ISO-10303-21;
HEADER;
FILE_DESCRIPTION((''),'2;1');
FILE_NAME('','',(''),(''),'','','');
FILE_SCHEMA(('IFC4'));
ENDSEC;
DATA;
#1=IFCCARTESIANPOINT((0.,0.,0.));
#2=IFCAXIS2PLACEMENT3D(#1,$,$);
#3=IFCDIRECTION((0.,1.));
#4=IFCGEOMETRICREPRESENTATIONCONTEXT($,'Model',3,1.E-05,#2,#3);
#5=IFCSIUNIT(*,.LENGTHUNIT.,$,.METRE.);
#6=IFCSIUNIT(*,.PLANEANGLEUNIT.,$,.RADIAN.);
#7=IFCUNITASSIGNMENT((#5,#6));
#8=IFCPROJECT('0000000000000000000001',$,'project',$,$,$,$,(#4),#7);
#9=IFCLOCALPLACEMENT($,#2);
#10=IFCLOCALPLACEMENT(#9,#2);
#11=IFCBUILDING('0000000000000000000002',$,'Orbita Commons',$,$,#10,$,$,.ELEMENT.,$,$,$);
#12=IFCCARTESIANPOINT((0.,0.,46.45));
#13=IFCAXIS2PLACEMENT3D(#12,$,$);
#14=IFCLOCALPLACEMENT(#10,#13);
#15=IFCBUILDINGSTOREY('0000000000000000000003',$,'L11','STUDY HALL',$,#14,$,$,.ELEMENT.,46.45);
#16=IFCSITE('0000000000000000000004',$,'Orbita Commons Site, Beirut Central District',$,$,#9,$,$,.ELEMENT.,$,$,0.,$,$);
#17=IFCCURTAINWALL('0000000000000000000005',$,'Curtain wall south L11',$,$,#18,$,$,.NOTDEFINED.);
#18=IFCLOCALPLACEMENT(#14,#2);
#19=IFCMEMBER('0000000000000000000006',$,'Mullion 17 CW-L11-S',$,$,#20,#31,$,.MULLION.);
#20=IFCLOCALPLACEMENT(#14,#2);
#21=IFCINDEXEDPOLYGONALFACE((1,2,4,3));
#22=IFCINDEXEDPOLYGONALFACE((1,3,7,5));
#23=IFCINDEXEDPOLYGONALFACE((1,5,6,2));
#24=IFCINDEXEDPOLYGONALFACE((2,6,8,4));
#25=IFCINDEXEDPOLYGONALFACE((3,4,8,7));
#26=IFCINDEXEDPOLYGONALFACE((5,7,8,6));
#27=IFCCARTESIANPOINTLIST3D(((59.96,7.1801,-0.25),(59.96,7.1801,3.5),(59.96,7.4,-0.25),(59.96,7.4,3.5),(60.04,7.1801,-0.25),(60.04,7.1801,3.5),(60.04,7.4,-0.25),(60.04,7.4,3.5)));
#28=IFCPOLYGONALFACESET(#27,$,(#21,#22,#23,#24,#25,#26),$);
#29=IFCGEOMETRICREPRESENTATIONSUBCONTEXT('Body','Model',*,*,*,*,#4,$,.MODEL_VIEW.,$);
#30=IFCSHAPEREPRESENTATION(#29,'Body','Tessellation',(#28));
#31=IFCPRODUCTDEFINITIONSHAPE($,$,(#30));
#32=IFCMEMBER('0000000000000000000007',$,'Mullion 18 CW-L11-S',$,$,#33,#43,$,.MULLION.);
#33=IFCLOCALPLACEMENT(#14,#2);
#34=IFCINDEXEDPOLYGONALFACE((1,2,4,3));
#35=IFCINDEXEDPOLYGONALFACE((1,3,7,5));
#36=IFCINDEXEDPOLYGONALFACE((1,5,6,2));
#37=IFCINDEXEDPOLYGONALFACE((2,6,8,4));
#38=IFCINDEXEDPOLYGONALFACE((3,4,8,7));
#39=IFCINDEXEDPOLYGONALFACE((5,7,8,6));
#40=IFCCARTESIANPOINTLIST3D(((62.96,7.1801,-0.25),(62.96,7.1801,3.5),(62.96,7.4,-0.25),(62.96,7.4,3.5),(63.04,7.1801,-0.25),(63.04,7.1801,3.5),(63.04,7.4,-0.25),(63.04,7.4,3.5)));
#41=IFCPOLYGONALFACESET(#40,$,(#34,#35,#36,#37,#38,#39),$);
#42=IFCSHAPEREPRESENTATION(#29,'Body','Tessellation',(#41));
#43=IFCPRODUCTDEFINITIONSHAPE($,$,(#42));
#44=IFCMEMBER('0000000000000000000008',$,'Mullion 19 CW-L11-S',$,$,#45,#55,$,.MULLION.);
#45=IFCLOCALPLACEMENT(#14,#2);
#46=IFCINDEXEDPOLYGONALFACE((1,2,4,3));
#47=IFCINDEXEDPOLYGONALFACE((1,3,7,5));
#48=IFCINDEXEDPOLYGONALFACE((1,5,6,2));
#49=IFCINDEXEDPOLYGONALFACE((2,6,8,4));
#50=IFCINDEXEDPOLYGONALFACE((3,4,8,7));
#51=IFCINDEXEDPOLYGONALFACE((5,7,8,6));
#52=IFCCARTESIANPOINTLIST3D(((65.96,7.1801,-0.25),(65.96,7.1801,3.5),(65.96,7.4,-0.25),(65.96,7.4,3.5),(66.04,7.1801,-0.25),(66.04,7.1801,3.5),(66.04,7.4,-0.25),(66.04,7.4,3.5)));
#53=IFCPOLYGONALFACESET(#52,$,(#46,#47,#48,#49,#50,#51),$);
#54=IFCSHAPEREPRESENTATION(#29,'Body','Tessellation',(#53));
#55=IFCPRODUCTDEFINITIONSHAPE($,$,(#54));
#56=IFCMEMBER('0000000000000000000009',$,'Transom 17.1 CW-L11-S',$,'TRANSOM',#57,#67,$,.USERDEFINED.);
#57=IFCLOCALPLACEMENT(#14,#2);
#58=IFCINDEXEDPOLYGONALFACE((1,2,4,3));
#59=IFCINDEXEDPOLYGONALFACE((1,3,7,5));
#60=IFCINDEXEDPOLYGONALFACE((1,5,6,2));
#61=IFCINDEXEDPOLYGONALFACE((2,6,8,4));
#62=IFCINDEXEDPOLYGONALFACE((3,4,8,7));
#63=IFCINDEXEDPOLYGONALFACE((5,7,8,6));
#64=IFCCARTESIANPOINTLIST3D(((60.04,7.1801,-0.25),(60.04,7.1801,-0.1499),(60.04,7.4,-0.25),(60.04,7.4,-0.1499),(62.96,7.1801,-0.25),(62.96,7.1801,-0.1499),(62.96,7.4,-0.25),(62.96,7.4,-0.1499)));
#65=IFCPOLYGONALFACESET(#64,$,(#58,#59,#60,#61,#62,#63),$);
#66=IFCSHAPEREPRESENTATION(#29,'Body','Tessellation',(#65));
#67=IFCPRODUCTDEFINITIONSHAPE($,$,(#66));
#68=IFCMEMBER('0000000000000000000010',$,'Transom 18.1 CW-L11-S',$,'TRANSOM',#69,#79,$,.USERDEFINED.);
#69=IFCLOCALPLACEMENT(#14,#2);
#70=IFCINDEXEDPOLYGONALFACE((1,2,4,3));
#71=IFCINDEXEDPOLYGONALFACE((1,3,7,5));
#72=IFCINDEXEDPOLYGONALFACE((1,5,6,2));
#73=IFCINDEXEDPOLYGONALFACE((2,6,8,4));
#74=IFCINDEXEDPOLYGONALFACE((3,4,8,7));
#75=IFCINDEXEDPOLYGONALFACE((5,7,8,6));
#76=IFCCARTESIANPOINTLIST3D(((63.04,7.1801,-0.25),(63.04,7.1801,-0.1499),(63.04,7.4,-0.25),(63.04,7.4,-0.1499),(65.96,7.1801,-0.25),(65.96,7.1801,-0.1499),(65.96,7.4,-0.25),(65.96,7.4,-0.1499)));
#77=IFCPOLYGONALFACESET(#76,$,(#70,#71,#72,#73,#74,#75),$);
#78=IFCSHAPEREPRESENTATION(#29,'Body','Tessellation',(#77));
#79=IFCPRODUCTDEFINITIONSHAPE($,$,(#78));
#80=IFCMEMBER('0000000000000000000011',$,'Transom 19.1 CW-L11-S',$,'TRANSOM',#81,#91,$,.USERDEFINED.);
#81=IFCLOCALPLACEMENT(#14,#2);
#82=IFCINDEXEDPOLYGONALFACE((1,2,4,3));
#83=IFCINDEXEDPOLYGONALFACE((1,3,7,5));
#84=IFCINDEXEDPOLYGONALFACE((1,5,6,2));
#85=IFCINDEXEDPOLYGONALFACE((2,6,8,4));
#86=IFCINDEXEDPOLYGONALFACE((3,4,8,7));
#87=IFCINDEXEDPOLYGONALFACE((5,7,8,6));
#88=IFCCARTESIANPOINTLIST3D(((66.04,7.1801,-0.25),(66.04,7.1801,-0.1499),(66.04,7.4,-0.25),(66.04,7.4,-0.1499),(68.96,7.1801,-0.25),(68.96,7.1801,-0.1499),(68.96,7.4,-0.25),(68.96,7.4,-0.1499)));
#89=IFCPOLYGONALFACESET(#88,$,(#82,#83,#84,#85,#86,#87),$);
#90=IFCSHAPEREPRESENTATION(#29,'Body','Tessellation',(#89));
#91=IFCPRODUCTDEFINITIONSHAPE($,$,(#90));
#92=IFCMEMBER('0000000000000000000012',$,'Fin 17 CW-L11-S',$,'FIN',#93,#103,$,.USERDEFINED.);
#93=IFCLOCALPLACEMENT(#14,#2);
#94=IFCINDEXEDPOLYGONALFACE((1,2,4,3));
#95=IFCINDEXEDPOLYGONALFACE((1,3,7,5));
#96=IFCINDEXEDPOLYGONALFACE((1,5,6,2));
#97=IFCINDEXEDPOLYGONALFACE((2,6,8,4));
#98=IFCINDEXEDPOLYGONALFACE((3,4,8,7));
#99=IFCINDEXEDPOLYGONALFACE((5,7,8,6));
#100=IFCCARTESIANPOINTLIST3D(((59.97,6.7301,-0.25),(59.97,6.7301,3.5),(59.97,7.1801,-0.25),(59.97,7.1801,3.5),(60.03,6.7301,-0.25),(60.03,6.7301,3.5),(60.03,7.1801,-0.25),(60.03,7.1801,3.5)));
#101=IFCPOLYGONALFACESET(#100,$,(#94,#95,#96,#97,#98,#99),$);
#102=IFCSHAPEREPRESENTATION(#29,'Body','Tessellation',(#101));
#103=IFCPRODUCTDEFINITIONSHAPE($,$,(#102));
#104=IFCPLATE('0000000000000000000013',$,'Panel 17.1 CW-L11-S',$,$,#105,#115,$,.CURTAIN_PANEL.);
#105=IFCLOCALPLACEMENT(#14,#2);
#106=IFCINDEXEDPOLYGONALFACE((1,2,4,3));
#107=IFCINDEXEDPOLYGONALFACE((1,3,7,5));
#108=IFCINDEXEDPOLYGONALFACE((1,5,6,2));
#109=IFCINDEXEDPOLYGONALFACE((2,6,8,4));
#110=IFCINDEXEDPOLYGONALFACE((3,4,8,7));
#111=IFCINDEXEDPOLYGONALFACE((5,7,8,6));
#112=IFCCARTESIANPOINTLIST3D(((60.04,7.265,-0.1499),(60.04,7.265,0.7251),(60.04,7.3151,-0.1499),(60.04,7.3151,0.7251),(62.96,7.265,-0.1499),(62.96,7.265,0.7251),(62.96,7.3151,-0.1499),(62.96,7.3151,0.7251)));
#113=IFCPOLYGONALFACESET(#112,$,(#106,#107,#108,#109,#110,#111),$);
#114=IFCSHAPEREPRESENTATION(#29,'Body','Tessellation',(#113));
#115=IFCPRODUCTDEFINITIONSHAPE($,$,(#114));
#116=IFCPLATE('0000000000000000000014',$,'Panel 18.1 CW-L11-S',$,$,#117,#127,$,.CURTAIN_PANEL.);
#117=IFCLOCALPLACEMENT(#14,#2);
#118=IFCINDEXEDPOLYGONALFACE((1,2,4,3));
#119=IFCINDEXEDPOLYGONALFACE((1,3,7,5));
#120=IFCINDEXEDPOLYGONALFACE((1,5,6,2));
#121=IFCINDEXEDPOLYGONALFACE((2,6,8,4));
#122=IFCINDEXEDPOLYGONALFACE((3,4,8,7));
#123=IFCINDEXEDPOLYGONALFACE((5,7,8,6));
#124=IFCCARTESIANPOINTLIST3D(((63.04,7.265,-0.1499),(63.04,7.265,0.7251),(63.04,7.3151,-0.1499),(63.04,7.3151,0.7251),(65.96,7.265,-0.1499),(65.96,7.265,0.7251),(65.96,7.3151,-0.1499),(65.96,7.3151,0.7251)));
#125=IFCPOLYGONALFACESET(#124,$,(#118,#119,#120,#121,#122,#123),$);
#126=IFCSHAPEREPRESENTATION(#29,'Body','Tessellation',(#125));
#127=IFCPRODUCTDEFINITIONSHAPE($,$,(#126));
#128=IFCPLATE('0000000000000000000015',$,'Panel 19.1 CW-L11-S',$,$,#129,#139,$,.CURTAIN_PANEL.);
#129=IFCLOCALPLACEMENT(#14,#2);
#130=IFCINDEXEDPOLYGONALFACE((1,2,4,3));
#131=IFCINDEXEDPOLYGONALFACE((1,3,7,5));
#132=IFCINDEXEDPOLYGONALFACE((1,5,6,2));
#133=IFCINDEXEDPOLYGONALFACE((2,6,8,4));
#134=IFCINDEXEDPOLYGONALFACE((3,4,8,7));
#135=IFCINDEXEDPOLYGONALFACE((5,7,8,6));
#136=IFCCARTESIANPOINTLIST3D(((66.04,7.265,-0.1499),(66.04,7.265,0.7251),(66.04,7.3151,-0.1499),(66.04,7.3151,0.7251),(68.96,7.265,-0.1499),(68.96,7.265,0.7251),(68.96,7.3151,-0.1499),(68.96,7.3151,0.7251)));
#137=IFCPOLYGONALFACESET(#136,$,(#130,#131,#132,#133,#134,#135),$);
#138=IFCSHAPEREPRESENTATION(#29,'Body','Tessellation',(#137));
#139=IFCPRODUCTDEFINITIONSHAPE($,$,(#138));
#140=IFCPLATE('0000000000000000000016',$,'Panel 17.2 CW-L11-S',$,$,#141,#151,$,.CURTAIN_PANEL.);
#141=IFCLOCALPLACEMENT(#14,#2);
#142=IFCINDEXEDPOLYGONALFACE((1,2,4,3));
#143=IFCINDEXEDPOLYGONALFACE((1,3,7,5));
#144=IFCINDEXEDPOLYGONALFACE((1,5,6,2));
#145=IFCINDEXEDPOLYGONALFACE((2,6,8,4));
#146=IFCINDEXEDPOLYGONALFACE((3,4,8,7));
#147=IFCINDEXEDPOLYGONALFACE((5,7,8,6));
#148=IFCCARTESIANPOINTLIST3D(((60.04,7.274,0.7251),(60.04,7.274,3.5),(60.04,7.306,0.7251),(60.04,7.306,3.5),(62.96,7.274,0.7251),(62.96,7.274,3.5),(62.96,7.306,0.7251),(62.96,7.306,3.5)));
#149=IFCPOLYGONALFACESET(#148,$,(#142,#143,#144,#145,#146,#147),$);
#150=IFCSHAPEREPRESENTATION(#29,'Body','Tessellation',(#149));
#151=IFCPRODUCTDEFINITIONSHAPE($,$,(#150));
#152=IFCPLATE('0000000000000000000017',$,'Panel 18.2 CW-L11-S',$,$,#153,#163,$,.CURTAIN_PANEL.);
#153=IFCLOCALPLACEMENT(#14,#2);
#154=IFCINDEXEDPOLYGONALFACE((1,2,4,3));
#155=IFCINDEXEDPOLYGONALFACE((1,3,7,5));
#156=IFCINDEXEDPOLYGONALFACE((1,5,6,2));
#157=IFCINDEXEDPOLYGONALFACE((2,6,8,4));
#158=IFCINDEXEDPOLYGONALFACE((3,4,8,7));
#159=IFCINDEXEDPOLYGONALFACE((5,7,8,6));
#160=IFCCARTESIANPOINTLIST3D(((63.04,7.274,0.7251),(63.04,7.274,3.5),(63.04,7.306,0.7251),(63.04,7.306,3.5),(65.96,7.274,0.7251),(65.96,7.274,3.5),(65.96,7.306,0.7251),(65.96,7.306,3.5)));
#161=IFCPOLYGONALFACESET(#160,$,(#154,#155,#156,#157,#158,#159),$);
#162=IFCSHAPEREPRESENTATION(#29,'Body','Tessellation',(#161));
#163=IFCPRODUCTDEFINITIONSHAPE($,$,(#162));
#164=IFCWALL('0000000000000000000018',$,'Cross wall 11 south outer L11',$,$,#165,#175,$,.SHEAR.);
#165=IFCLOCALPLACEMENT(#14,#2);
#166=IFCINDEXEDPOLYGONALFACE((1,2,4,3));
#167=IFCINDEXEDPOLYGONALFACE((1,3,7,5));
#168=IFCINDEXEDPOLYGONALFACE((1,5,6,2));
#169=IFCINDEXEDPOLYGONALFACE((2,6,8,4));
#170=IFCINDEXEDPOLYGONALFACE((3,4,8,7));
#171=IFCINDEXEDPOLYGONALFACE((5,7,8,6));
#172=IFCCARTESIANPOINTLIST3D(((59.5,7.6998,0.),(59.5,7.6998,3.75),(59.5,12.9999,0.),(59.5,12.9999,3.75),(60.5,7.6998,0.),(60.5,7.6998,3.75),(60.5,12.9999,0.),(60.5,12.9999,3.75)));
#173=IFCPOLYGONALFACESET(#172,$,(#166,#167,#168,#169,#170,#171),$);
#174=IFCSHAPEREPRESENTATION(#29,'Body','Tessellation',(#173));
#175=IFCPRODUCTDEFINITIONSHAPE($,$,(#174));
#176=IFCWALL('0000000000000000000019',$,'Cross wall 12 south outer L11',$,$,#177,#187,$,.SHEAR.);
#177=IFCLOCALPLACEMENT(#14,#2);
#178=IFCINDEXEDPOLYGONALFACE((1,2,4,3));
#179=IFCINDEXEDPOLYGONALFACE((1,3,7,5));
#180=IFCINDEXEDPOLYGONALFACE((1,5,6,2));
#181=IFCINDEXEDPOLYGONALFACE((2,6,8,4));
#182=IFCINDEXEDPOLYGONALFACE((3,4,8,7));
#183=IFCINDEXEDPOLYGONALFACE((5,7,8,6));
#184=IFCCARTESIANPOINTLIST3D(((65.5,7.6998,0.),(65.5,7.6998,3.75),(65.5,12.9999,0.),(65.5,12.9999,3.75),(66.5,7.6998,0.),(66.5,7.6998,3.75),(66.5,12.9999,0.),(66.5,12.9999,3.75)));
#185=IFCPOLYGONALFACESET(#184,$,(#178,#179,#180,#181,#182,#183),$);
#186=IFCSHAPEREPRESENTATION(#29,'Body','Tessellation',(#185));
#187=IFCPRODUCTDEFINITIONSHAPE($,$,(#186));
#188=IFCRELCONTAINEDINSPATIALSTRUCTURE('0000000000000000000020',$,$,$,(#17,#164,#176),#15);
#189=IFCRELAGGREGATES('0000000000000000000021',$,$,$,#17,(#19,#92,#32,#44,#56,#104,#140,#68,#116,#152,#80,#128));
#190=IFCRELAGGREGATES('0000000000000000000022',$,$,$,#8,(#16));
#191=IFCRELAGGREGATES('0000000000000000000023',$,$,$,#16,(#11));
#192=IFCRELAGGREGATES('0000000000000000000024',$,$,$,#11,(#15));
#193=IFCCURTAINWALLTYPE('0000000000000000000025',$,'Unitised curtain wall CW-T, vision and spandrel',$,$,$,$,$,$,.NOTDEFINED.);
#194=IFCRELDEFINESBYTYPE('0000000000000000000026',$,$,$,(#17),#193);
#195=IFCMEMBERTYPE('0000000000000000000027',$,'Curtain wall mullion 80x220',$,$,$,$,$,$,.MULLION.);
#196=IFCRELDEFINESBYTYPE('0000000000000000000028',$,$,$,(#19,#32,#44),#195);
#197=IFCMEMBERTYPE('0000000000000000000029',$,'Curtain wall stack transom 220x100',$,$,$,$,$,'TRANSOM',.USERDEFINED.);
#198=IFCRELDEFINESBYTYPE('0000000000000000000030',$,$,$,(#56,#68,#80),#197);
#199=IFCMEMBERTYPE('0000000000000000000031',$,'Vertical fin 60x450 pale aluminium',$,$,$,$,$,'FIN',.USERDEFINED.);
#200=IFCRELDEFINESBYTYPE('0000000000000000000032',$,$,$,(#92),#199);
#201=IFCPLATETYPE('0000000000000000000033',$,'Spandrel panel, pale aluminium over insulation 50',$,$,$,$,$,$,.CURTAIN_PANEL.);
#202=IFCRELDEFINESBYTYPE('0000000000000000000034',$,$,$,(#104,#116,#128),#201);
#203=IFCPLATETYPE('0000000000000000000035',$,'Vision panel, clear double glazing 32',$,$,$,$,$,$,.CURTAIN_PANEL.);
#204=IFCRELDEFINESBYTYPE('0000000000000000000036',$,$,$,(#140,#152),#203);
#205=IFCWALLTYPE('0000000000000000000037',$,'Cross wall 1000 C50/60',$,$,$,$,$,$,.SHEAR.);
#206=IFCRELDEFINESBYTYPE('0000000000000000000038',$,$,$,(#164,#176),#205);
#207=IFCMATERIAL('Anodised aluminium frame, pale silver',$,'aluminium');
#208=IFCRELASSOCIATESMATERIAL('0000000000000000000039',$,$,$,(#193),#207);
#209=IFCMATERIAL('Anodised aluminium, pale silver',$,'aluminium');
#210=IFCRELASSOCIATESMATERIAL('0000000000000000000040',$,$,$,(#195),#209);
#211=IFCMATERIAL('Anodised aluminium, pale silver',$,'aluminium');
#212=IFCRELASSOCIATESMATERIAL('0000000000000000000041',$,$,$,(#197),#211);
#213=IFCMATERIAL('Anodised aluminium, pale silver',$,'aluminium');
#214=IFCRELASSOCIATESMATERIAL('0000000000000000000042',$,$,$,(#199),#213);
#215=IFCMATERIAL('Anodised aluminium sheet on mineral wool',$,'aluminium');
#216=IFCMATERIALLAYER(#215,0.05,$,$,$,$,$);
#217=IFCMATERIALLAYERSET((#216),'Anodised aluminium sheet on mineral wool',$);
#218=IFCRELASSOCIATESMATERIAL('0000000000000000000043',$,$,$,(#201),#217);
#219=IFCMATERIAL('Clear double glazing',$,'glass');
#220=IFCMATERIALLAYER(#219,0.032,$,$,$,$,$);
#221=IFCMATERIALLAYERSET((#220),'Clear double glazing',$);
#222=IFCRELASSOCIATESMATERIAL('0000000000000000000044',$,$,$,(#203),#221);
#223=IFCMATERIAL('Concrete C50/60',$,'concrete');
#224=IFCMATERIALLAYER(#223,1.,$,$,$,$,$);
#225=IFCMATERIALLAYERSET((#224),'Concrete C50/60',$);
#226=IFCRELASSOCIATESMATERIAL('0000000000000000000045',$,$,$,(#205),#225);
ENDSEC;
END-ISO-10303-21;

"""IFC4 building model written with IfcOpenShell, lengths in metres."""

from ifc_helpers import new_model, si_unit, direction, frame, frame_2d, origin, origin_2d, place, context, subcontext, project, spatial, rectangle, extrude, material, layer, layer_set, material_profile, profile_set, type_object, element, aggregate, save


model = new_model("IFC4")

# Units and contexts
model_context = context("Model", 3, precision=1e-05, world=origin(), true_north=direction((0.0, 1.0)))
body_context = subcontext(model_context, "Body", "Model", "MODEL_VIEW")
ifc_project = project(units=[si_unit("LENGTHUNIT", "METRE"), si_unit("PLANEANGLEUNIT", "RADIAN")], contexts=[model_context])

# Site, building, storey
site_placement = place(None, origin())
site = spatial("IfcSite", under=ifc_project, at=site_placement, Name="Orbita Commons Site, Beirut Central District", CompositionType="ELEMENT", RefElevation=0.0)
building_placement = place(site_placement, origin())
building = spatial("IfcBuilding", under=site, at=building_placement, Name="Orbita Commons", CompositionType="ELEMENT")
storey_placement = place(building_placement, frame((0.0, 0.0, 46.45)))
storey = spatial("IfcBuildingStorey", under=building, at=storey_placement, Name="L11", Description="STUDY HALL", CompositionType="ELEMENT", Elevation=46.45)

# Curtain wall, members, plates
ifc_material_1 = material(Name="Anodised aluminium frame, pale silver", Category="aluminium")
curtain_wall_type = type_object("IfcCurtainWallType", Name="Unitised curtain wall CW-T, vision and spandrel", PredefinedType="NOTDEFINED", material=ifc_material_1)
curtain_wall_placement = place(storey_placement, origin())
curtain_wall = element("IfcCurtainWall", 1, at=curtain_wall_placement, inside=storey, type_object=curtain_wall_type, Name="Curtain wall south L11", PredefinedType="NOTDEFINED")
ifc_material_2 = material(Name="Anodised aluminium, pale silver", Category="aluminium")
ifc_material_profile_1 = material_profile(ifc_material_2, rectangle(XDim=0.0801, YDim=0.22, at=origin_2d()), Name="AL 80x220")
ifc_profile_set_1 = profile_set([ifc_material_profile_1], Name="Anodised aluminium, pale silver")
member_type_1 = type_object("IfcMemberType", Name="Curtain wall mullion 80x220", PredefinedType="MULLION", material=ifc_profile_set_1)
member_1_placement = place(storey_placement, frame((60.0, 7.29, -0.25), z_axis=(0.0, 0.0, 1.0), x_axis=(1.0, 0.0, 0.0)))
member_1 = element("IfcMember", 2, at=member_1_placement, type_object=member_type_1, Name="Mullion 17 CW-L11-S", PredefinedType="MULLION", context=body_context, shape_type="SweptSolid", body=[
    extrude(rectangle(XDim=0.0801, YDim=0.22, at=origin_2d()), origin(), (0.0, 0.0, 1.0), 3.75),
])
member_2_placement = place(storey_placement, frame((63.0, 7.29, -0.25), z_axis=(0.0, 0.0, 1.0), x_axis=(1.0, 0.0, 0.0)))
member_2 = element("IfcMember", 3, at=member_2_placement, type_object=member_type_1, Name="Mullion 18 CW-L11-S", PredefinedType="MULLION", context=body_context, shape_type="SweptSolid", body=[
    extrude(rectangle(XDim=0.0801, YDim=0.22, at=origin_2d()), origin(), (0.0, 0.0, 1.0), 3.75),
])
member_3_placement = place(storey_placement, frame((66.0, 7.29, -0.25), z_axis=(0.0, 0.0, 1.0), x_axis=(1.0, 0.0, 0.0)))
member_3 = element("IfcMember", 4, at=member_3_placement, type_object=member_type_1, Name="Mullion 19 CW-L11-S", PredefinedType="MULLION", context=body_context, shape_type="SweptSolid", body=[
    extrude(rectangle(XDim=0.0801, YDim=0.22, at=origin_2d()), origin(), (0.0, 0.0, 1.0), 3.75),
])
ifc_material_3 = material(Name="Anodised aluminium, pale silver", Category="aluminium")
ifc_material_profile_2 = material_profile(ifc_material_3, rectangle(XDim=0.22, YDim=0.1001, at=origin_2d()), Name="AL 220x100")
ifc_profile_set_2 = profile_set([ifc_material_profile_2], Name="Anodised aluminium, pale silver")
member_type_2 = type_object("IfcMemberType", Name="Curtain wall stack transom 220x100", ElementType="TRANSOM", PredefinedType="USERDEFINED", material=ifc_profile_set_2)
member_4_placement = place(storey_placement, frame((60.04, 7.29, -0.2), z_axis=(1.0, 0.0, 0.0), x_axis=(0.0, 1.0, 0.0)))
member_4 = element("IfcMember", 5, at=member_4_placement, type_object=member_type_2, Name="Transom 17.1 CW-L11-S", ObjectType="TRANSOM", PredefinedType="USERDEFINED", context=body_context, shape_type="SweptSolid", body=[
    extrude(rectangle(XDim=0.22, YDim=0.1001, at=origin_2d()), origin(), (0.0, 0.0, 1.0), 2.9199),
])
member_5_placement = place(storey_placement, frame((63.04, 7.29, -0.2), z_axis=(1.0, 0.0, 0.0), x_axis=(0.0, 1.0, 0.0)))
member_5 = element("IfcMember", 6, at=member_5_placement, type_object=member_type_2, Name="Transom 18.1 CW-L11-S", ObjectType="TRANSOM", PredefinedType="USERDEFINED", context=body_context, shape_type="SweptSolid", body=[
    extrude(rectangle(XDim=0.22, YDim=0.1001, at=origin_2d()), origin(), (0.0, 0.0, 1.0), 2.9199),
])
member_6_placement = place(storey_placement, frame((66.04, 7.29, -0.2), z_axis=(1.0, 0.0, 0.0), x_axis=(0.0, 1.0, 0.0)))
member_6 = element("IfcMember", 7, at=member_6_placement, type_object=member_type_2, Name="Transom 19.1 CW-L11-S", ObjectType="TRANSOM", PredefinedType="USERDEFINED", context=body_context, shape_type="SweptSolid", body=[
    extrude(rectangle(XDim=0.22, YDim=0.1001, at=origin_2d()), origin(), (0.0, 0.0, 1.0), 2.9199),
])
ifc_material_4 = material(Name="Anodised aluminium, pale silver", Category="aluminium")
ifc_material_profile_3 = material_profile(ifc_material_4, rectangle(XDim=0.0601, YDim=0.45, at=origin_2d()), Name="FIN 60x450")
ifc_profile_set_3 = profile_set([ifc_material_profile_3], Name="Anodised aluminium, pale silver")
member_type_3 = type_object("IfcMemberType", Name="Vertical fin 60x450 pale aluminium", ElementType="FIN", PredefinedType="USERDEFINED", material=ifc_profile_set_3)
member_7_placement = place(storey_placement, frame((60.0, 6.9551, -0.25), z_axis=(0.0, 0.0, 1.0), x_axis=(1.0, 0.0, 0.0)))
member_7 = element("IfcMember", 8, at=member_7_placement, type_object=member_type_3, Name="Fin 17 CW-L11-S", ObjectType="FIN", PredefinedType="USERDEFINED", context=body_context, shape_type="SweptSolid", body=[
    extrude(rectangle(XDim=0.0601, YDim=0.45, at=origin_2d()), origin(), (0.0, 0.0, 1.0), 3.75),
])
ifc_material_5 = material(Name="Anodised aluminium sheet on mineral wool", Category="aluminium")
ifc_layer_1 = layer(ifc_material_5, 0.05)
ifc_layer_set_1 = layer_set([ifc_layer_1], Name="Anodised aluminium sheet on mineral wool")
plate_type_1 = type_object("IfcPlateType", Name="Spandrel panel, pale aluminium over insulation 50", PredefinedType="CURTAIN_PANEL", material=ifc_layer_set_1)
plate_1_placement = place(storey_placement, frame((61.5, 7.29, -0.1499), z_axis=(0.0, 0.0, 1.0), x_axis=(1.0, 0.0, 0.0)))
plate_1 = element("IfcPlate", 9, at=plate_1_placement, type_object=plate_type_1, Name="Panel 17.1 CW-L11-S", PredefinedType="CURTAIN_PANEL", context=body_context, shape_type="SweptSolid", body=[
    extrude(rectangle(XDim=2.9199, YDim=0.05, at=origin_2d()), origin(), (0.0, 0.0, 1.0), 0.875),
])
plate_2_placement = place(storey_placement, frame((64.5, 7.29, -0.1499), z_axis=(0.0, 0.0, 1.0), x_axis=(1.0, 0.0, 0.0)))
plate_2 = element("IfcPlate", 10, at=plate_2_placement, type_object=plate_type_1, Name="Panel 18.1 CW-L11-S", PredefinedType="CURTAIN_PANEL", context=body_context, shape_type="SweptSolid", body=[
    extrude(rectangle(XDim=2.9199, YDim=0.05, at=origin_2d()), origin(), (0.0, 0.0, 1.0), 0.875),
])
plate_3_placement = place(storey_placement, frame((67.5, 7.29, -0.1499), z_axis=(0.0, 0.0, 1.0), x_axis=(1.0, 0.0, 0.0)))
plate_3 = element("IfcPlate", 11, at=plate_3_placement, type_object=plate_type_1, Name="Panel 19.1 CW-L11-S", PredefinedType="CURTAIN_PANEL", context=body_context, shape_type="SweptSolid", body=[
    extrude(rectangle(XDim=2.9199, YDim=0.05, at=origin_2d()), origin(), (0.0, 0.0, 1.0), 0.875),
])
ifc_material_6 = material(Name="Clear double glazing", Category="glass")
ifc_layer_2 = layer(ifc_material_6, 0.032)
ifc_layer_set_2 = layer_set([ifc_layer_2], Name="Clear double glazing")
plate_type_2 = type_object("IfcPlateType", Name="Vision panel, clear double glazing 32", PredefinedType="CURTAIN_PANEL", material=ifc_layer_set_2)
plate_4_placement = place(storey_placement, frame((61.5, 7.29, 0.7251), z_axis=(0.0, 0.0, 1.0), x_axis=(1.0, 0.0, 0.0)))
plate_4 = element("IfcPlate", 12, at=plate_4_placement, type_object=plate_type_2, Name="Panel 17.2 CW-L11-S", PredefinedType="CURTAIN_PANEL", context=body_context, shape_type="SweptSolid", body=[
    extrude(rectangle(XDim=2.9199, YDim=0.032, at=origin_2d()), origin(), (0.0, 0.0, 1.0), 2.7749),
])
plate_5_placement = place(storey_placement, frame((64.5, 7.29, 0.7251), z_axis=(0.0, 0.0, 1.0), x_axis=(1.0, 0.0, 0.0)))
plate_5 = element("IfcPlate", 13, at=plate_5_placement, type_object=plate_type_2, Name="Panel 18.2 CW-L11-S", PredefinedType="CURTAIN_PANEL", context=body_context, shape_type="SweptSolid", body=[
    extrude(rectangle(XDim=2.9199, YDim=0.032, at=origin_2d()), origin(), (0.0, 0.0, 1.0), 2.7749),
])
aggregate(curtain_wall, [member_1, member_7, member_2, member_3, member_4, plate_1, plate_4, member_5, plate_2, plate_5, member_6, plate_3])

# Walls
ifc_material_7 = material(Name="Concrete C50/60", Category="concrete")
ifc_layer_3 = layer(ifc_material_7, 1.0)
ifc_layer_set_3 = layer_set([ifc_layer_3], Name="Concrete C50/60")
wall_type_1 = type_object("IfcWallType", Name="Cross wall 1000 C50/60", PredefinedType="SHEAR", material=ifc_layer_set_3)
for number, where, z_axis, x_axis, name in (
    (14, (60.0, 7.7, 0.0), (0.0, 0.0, 1.0), (0.0, 1.0, 0.0), "Cross wall 11 south outer L11"),
    (15, (66.0, 7.7, 0.0), (0.0, 0.0, 1.0), (0.0, 1.0, 0.0), "Cross wall 12 south outer L11"),
):
    element("IfcWall", number, at=place(storey_placement, frame(where, z_axis=z_axis, x_axis=x_axis)), inside=storey, type_object=wall_type_1, Name=name, PredefinedType="SHEAR", context=body_context, shape_type="SweptSolid", body=[
        extrude(rectangle(XDim=5.3, YDim=1.0, at=frame_2d((2.6499, 0.0))), origin(), (0.0, 0.0, 1.0), 3.75),
    ])

save(model, "model.ifc")
